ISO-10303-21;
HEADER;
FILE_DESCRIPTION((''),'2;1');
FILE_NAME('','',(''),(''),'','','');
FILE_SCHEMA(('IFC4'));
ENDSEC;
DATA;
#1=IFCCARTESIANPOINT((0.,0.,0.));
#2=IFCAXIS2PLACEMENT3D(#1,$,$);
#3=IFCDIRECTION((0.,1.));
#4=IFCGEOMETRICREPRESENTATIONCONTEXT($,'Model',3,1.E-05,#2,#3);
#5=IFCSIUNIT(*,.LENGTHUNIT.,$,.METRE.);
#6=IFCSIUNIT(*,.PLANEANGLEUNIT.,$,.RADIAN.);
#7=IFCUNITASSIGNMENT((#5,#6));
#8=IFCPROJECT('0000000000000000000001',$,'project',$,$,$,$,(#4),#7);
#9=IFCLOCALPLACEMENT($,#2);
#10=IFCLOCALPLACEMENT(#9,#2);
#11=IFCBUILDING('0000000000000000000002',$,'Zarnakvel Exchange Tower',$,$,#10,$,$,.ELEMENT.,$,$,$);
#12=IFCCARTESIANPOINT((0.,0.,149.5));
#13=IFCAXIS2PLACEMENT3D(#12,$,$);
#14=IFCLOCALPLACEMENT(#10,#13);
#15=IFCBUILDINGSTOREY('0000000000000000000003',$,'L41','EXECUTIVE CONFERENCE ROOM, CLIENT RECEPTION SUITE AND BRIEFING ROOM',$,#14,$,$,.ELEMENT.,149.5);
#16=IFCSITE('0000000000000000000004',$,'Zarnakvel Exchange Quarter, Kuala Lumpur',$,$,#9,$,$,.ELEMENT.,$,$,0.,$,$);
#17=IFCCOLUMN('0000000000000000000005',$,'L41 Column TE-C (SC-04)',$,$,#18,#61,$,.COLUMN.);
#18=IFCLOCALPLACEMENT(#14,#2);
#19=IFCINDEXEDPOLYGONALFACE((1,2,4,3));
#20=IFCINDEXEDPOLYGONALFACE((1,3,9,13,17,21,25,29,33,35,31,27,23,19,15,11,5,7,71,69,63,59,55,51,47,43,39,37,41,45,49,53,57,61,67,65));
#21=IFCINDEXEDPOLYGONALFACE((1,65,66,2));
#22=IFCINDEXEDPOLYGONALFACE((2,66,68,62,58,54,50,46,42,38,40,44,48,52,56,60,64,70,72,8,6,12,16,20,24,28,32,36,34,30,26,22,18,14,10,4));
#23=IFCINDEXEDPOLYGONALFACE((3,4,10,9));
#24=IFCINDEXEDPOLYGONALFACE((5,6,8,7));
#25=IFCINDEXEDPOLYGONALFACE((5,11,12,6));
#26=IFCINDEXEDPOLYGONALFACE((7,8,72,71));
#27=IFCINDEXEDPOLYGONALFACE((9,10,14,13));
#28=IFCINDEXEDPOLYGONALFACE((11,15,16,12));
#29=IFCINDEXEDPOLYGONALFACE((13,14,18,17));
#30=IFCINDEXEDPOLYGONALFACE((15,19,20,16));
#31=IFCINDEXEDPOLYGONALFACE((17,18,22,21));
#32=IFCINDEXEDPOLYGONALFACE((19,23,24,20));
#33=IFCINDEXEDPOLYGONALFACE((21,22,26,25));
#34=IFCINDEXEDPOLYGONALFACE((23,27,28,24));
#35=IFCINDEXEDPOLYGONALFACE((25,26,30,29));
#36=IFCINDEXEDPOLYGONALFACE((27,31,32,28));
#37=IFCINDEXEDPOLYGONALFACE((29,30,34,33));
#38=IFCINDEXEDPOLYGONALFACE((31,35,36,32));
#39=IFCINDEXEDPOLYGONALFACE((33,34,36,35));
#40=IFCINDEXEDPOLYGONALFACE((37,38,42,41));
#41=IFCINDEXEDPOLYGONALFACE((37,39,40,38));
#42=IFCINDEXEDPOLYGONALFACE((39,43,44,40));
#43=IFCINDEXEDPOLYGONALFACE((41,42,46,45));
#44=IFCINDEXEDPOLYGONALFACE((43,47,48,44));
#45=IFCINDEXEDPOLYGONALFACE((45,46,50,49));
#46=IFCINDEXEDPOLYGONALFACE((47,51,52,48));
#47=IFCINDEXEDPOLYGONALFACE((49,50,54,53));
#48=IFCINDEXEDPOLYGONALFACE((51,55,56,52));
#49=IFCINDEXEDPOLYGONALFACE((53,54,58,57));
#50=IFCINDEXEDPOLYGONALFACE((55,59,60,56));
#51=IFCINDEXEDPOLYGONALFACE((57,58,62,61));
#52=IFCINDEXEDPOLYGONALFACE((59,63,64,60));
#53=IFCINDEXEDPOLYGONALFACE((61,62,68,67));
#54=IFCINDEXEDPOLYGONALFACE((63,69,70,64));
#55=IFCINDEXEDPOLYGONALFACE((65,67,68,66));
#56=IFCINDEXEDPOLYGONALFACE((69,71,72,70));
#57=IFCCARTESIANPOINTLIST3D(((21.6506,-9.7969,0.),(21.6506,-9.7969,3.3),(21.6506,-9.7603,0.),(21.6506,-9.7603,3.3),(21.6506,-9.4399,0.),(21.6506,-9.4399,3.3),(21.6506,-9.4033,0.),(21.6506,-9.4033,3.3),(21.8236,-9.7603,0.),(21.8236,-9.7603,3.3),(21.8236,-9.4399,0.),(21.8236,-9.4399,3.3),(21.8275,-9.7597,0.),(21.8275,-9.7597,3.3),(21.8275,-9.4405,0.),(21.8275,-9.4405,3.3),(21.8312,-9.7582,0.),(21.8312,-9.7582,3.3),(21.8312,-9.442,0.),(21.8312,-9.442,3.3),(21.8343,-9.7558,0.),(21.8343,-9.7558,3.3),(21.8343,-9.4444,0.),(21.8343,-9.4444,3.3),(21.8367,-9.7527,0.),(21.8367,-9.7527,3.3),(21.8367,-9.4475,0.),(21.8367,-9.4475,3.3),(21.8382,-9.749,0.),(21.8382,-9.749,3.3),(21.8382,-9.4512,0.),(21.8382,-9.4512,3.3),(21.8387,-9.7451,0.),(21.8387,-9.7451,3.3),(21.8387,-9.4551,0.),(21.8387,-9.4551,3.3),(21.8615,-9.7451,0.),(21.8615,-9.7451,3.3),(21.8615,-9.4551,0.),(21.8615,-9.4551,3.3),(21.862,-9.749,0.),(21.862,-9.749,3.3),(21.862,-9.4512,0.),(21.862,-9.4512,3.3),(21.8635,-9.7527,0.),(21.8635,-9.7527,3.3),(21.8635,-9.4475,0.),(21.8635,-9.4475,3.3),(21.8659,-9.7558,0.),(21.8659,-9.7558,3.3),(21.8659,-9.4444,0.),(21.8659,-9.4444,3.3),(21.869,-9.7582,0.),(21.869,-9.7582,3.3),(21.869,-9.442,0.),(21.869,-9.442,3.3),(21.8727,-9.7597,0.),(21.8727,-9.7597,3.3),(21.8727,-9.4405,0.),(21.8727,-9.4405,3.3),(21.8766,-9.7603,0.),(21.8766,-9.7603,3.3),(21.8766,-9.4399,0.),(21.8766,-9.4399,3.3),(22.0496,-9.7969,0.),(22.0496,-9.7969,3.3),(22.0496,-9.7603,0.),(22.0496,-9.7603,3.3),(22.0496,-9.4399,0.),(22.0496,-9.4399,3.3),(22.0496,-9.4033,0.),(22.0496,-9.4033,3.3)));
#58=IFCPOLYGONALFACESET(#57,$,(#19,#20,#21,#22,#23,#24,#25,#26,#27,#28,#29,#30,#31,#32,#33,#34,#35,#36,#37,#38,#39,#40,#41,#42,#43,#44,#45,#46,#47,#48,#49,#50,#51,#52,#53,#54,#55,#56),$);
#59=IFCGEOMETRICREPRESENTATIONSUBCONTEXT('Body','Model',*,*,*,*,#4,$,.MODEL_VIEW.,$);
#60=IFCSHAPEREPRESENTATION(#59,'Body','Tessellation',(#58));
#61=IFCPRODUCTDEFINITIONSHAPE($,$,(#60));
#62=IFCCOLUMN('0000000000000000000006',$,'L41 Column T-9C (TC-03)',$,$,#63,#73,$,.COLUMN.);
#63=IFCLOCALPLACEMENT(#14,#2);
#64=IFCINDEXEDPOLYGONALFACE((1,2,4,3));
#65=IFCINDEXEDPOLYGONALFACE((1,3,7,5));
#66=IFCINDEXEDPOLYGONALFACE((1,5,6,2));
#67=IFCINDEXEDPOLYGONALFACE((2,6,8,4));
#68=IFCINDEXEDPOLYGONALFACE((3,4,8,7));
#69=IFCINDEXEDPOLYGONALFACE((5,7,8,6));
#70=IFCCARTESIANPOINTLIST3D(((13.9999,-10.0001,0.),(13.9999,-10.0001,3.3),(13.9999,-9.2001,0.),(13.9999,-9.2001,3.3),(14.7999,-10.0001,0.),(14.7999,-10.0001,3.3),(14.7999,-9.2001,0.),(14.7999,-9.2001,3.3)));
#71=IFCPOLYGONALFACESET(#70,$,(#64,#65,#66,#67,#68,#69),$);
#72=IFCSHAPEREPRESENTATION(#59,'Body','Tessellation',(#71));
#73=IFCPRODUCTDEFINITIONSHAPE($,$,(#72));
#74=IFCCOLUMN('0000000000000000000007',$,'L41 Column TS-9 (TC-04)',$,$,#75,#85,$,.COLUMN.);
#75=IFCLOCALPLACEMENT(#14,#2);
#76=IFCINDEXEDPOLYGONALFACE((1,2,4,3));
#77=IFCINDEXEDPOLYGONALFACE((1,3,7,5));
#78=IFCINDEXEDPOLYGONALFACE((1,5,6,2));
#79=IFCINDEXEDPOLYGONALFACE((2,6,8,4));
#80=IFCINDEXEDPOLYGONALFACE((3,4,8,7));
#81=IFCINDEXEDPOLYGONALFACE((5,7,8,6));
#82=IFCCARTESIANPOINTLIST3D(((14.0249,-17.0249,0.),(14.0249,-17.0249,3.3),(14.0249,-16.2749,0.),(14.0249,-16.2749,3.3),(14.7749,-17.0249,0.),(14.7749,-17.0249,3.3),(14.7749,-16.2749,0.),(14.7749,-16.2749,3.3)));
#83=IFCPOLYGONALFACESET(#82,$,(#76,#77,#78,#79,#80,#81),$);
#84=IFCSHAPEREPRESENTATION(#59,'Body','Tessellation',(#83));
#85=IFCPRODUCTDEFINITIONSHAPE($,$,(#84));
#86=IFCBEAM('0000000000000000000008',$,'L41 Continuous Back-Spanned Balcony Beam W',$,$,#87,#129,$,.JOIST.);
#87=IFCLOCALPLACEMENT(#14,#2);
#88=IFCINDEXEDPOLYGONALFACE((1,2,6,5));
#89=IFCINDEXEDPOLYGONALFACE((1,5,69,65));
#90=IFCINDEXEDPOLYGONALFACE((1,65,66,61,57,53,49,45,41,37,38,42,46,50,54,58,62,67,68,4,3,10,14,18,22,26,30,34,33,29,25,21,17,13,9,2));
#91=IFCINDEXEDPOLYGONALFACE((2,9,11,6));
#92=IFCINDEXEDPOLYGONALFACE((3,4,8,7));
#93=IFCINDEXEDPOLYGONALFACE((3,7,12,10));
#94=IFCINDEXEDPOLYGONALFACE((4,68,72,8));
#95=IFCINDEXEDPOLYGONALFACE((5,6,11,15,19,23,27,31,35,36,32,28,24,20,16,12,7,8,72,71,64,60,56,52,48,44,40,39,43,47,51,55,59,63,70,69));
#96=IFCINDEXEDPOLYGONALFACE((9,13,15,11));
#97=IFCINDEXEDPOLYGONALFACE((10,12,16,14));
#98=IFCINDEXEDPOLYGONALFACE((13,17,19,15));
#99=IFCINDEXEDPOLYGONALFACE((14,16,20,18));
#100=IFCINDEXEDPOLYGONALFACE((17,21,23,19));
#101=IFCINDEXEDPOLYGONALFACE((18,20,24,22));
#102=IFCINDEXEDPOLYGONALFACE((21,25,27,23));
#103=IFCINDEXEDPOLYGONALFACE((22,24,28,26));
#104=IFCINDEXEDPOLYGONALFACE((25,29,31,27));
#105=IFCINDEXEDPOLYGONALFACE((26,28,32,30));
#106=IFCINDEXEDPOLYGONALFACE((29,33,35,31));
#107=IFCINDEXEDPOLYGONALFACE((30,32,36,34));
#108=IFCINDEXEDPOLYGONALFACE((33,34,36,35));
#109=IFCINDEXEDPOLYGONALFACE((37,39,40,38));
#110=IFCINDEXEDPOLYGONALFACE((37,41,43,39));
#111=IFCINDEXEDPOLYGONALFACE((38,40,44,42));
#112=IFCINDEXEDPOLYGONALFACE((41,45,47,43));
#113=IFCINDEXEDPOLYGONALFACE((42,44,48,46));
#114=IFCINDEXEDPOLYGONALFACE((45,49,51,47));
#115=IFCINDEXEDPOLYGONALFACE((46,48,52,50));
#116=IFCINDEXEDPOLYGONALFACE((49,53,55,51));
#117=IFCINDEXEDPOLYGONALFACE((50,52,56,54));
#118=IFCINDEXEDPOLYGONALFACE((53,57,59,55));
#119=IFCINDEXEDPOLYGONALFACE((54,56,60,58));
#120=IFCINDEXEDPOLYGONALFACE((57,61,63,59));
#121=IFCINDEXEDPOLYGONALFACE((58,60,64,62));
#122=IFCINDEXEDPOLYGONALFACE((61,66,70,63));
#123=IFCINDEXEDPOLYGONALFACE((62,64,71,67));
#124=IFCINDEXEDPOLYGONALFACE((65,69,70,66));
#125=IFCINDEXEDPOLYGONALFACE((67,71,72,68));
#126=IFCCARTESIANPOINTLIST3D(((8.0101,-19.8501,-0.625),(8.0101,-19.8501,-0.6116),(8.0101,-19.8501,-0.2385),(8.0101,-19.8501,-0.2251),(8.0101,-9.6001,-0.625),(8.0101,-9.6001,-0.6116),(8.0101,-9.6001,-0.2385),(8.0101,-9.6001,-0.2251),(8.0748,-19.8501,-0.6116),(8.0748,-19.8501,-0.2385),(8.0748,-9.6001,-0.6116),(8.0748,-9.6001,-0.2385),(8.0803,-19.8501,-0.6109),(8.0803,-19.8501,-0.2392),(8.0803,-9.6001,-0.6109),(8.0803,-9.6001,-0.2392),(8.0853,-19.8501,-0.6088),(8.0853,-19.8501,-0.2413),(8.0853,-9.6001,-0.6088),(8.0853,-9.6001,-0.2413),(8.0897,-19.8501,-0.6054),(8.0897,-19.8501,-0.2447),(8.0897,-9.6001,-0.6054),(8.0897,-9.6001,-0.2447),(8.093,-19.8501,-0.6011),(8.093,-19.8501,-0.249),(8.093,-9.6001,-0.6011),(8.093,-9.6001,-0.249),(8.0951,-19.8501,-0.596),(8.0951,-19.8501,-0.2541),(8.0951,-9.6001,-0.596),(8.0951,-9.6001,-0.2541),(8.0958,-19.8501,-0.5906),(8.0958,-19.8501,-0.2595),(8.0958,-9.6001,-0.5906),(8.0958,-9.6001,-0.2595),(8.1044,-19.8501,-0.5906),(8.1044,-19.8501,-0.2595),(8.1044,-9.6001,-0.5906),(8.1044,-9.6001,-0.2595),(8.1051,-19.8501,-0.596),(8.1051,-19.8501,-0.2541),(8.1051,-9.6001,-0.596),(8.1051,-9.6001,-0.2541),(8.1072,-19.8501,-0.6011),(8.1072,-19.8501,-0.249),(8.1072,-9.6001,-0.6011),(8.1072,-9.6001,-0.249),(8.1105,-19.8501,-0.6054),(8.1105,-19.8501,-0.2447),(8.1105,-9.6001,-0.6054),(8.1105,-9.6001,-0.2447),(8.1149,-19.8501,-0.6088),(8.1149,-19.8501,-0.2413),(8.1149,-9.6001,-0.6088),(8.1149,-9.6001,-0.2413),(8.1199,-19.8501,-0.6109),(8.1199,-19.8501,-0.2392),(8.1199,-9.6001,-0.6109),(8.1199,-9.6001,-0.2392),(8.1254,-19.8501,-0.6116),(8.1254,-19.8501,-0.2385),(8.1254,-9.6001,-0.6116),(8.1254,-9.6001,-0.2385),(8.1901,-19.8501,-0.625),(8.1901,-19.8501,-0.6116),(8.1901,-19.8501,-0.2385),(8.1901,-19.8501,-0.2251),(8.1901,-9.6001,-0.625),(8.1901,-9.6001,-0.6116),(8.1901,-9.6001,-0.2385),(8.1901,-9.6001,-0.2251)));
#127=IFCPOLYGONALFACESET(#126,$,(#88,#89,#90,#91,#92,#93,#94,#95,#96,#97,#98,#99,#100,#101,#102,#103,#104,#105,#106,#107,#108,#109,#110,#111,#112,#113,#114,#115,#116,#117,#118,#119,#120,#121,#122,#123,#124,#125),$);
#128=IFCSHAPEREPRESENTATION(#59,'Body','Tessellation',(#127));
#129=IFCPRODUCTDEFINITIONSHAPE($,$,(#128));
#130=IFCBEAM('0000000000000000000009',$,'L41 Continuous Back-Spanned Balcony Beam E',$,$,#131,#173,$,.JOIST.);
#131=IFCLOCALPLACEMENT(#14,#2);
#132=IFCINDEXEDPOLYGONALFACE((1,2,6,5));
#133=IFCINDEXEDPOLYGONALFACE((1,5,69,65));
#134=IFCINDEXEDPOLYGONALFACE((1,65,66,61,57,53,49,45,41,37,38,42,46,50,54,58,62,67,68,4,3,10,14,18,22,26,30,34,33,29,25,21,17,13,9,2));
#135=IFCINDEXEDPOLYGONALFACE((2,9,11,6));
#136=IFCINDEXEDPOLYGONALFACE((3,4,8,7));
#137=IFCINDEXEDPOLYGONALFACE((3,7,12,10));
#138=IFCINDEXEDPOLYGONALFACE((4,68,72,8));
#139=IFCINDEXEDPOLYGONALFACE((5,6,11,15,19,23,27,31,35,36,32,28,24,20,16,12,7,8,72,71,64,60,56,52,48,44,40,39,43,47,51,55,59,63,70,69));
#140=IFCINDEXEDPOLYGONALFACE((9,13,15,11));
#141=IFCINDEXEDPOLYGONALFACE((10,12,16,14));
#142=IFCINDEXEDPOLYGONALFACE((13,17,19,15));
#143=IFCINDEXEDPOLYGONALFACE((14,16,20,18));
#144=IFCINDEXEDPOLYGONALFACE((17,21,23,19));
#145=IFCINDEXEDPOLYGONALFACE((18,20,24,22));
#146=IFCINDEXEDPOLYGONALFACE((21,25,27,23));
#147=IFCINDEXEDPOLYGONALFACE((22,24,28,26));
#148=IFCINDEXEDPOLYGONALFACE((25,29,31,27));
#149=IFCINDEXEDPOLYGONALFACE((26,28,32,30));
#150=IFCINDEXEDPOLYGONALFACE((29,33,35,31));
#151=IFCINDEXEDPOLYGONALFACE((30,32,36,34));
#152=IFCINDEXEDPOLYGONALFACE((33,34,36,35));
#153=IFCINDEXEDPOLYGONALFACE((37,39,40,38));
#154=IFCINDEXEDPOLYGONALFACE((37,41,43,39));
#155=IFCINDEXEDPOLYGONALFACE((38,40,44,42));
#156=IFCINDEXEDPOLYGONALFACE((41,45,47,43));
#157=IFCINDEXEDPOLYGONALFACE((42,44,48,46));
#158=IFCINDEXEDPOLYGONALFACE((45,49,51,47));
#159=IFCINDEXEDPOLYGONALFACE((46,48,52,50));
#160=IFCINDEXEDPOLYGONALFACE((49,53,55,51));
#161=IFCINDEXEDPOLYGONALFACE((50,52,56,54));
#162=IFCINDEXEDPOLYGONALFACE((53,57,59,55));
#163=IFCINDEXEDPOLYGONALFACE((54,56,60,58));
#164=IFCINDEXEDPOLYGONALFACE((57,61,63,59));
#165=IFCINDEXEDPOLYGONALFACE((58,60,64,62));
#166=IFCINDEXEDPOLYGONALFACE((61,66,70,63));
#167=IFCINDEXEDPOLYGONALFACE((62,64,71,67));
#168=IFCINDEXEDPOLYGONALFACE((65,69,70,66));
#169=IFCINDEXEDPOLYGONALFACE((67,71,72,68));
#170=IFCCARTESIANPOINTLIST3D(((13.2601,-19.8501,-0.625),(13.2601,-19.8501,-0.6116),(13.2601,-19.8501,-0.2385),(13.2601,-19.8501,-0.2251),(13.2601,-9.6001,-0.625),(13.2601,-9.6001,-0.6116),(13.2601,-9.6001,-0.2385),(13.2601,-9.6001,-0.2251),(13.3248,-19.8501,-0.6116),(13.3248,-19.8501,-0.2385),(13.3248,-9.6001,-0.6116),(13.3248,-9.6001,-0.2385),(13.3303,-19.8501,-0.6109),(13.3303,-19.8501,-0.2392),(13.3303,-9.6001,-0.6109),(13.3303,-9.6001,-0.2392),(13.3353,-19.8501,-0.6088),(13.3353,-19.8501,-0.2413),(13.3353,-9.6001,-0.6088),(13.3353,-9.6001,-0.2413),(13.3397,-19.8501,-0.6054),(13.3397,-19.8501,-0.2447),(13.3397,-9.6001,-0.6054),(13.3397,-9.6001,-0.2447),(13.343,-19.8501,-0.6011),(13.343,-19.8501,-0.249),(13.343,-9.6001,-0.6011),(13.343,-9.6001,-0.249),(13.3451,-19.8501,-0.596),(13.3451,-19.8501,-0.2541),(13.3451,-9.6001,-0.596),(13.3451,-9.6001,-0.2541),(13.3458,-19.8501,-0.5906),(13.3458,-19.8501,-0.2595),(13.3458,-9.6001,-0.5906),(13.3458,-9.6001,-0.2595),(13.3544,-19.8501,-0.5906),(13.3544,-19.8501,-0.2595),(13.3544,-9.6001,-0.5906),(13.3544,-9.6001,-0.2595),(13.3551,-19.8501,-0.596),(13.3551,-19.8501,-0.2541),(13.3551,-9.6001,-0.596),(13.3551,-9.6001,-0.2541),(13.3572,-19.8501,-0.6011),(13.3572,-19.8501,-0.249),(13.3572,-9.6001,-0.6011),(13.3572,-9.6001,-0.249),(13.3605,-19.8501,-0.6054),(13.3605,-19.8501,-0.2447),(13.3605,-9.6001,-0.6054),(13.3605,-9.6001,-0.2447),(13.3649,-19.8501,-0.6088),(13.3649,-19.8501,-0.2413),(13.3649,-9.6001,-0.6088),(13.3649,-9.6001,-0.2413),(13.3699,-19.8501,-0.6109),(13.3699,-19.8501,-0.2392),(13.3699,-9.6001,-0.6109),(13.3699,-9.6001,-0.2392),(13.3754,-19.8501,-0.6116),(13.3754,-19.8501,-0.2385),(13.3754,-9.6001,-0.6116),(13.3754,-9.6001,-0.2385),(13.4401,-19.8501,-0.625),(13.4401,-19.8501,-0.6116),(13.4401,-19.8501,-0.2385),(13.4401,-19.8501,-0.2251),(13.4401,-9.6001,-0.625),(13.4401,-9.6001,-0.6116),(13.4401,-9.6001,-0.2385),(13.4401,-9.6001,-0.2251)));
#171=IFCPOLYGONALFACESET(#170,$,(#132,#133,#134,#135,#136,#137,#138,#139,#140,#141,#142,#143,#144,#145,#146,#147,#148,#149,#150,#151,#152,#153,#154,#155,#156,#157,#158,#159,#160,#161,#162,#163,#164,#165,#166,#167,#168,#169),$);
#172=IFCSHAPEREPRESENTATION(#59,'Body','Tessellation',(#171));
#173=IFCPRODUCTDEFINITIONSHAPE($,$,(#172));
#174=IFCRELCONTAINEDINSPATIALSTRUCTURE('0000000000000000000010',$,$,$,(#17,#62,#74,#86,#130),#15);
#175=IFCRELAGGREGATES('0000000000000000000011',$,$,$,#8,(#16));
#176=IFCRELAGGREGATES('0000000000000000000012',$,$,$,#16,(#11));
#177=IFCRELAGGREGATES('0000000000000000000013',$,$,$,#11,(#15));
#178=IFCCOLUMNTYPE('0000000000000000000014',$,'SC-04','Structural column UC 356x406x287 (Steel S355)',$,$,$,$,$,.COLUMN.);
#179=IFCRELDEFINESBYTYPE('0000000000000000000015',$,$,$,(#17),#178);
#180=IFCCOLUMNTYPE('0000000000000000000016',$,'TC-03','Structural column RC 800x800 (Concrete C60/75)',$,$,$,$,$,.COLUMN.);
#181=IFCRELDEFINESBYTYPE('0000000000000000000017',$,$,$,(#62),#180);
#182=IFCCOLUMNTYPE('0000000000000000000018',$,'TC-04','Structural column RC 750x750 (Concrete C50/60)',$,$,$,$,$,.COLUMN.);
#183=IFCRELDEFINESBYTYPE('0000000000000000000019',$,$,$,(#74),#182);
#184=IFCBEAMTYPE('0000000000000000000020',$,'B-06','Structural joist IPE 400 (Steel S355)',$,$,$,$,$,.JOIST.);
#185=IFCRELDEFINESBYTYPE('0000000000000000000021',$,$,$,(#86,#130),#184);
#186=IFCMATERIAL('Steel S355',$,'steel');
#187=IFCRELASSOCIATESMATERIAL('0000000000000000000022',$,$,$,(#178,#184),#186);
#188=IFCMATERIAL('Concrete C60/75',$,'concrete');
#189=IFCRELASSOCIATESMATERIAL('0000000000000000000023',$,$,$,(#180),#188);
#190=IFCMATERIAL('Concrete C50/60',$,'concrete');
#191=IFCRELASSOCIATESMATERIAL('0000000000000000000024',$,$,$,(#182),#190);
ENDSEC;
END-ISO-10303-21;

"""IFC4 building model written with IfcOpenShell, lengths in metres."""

from ifc_helpers import new_model, si_unit, direction, frame, origin, origin_2d, place, context, subcontext, project, spatial, rectangle, i_section, extrude, material, material_profile, profile_set, type_object, element, save


model = new_model("IFC4")

# Units and contexts
model_context = context("Model", 3, precision=1e-05, world=origin(), true_north=direction((0.0, 1.0)))
body_context = subcontext(model_context, "Body", "Model", "MODEL_VIEW")
ifc_project = project(units=[si_unit("LENGTHUNIT", "METRE"), si_unit("PLANEANGLEUNIT", "RADIAN")], contexts=[model_context])

# Site, building, storey
site_placement = place(None, origin())
site = spatial("IfcSite", under=ifc_project, at=site_placement, Name="Zarnakvel Exchange Quarter, Kuala Lumpur", CompositionType="ELEMENT", RefElevation=0.0)
building_placement = place(site_placement, origin())
building = spatial("IfcBuilding", under=site, at=building_placement, Name="Zarnakvel Exchange Tower", CompositionType="ELEMENT")
storey_placement = place(building_placement, frame((0.0, 0.0, 149.5)))
storey = spatial("IfcBuildingStorey", under=building, at=storey_placement, Name="L41", Description="EXECUTIVE CONFERENCE ROOM, CLIENT RECEPTION SUITE AND BRIEFING ROOM", CompositionType="ELEMENT", Elevation=149.5)

# Columns
ifc_material_1 = material(Name="Steel S355", Category="steel")
ifc_material_profile_1 = material_profile(ifc_material_1, i_section(OverallWidth=0.3989, OverallDepth=0.3936, WebThickness=0.0227, FlangeThickness=0.0366, FilletRadius=0.0151, at=origin_2d()))
ifc_profile_set_1 = profile_set([ifc_material_profile_1], Name="Steel S355")
column_type_1 = type_object("IfcColumnType", Name="SC-04", Description="Structural column UC 356x406x287 (Steel S355)", PredefinedType="COLUMN", material=ifc_profile_set_1)
column_1_placement = place(storey_placement, frame((21.8501, -9.6001, 0.0), z_axis=(0.0, 0.0, 1.0), x_axis=(1.0, 0.0, 0.0)))
element("IfcColumn", 1, at=column_1_placement, inside=storey, type_object=column_type_1, Name="L41 Column TE-C (SC-04)", PredefinedType="COLUMN", context=body_context, shape_type="SweptSolid", body=[
    extrude(i_section(OverallWidth=0.3989, OverallDepth=0.3936, WebThickness=0.0227, FlangeThickness=0.0366, FilletRadius=0.0151, at=origin_2d()), origin(), (0.0, 0.0, 1.0), 3.3),
])
ifc_material_2 = material(Name="Concrete C60/75", Category="concrete")
ifc_material_profile_2 = material_profile(ifc_material_2, rectangle(XDim=0.8, YDim=0.8, at=origin_2d()))
ifc_profile_set_2 = profile_set([ifc_material_profile_2], Name="Concrete C60/75")
column_type_2 = type_object("IfcColumnType", Name="TC-03", Description="Structural column RC 800x800 (Concrete C60/75)", PredefinedType="COLUMN", material=ifc_profile_set_2)
column_2_placement = place(storey_placement, frame((14.3999, -9.6001, 0.0), z_axis=(0.0, 0.0, 1.0), x_axis=(1.0, 0.0, 0.0)))
element("IfcColumn", 2, at=column_2_placement, inside=storey, type_object=column_type_2, Name="L41 Column T-9C (TC-03)", PredefinedType="COLUMN", context=body_context, shape_type="SweptSolid", body=[
    extrude(rectangle(XDim=0.8, YDim=0.8, at=origin_2d()), origin(), (0.0, 0.0, 1.0), 3.3),
])
ifc_material_3 = material(Name="Concrete C50/60", Category="concrete")
ifc_material_profile_3 = material_profile(ifc_material_3, rectangle(XDim=0.75, YDim=0.75, at=origin_2d()))
ifc_profile_set_3 = profile_set([ifc_material_profile_3], Name="Concrete C50/60")
column_type_3 = type_object("IfcColumnType", Name="TC-04", Description="Structural column RC 750x750 (Concrete C50/60)", PredefinedType="COLUMN", material=ifc_profile_set_3)
column_3_placement = place(storey_placement, frame((14.3999, -16.6499, 0.0), z_axis=(0.0, 0.0, 1.0), x_axis=(1.0, 0.0, 0.0)))
element("IfcColumn", 3, at=column_3_placement, inside=storey, type_object=column_type_3, Name="L41 Column TS-9 (TC-04)", PredefinedType="COLUMN", context=body_context, shape_type="SweptSolid", body=[
    extrude(rectangle(XDim=0.75, YDim=0.75, at=origin_2d()), origin(), (0.0, 0.0, 1.0), 3.3),
])

# Beams
ifc_material_profile_4 = material_profile(ifc_material_1, i_section(OverallWidth=0.1799, OverallDepth=0.3999, WebThickness=0.0085, FlangeThickness=0.0134, FilletRadius=0.021, at=origin_2d()))
ifc_profile_set_4 = profile_set([ifc_material_profile_4], Name="Steel S355")
beam_type_1 = type_object("IfcBeamType", Name="B-06", Description="Structural joist IPE 400 (Steel S355)", PredefinedType="JOIST", material=ifc_profile_set_4)
for number, where, z_axis, x_axis, name in (
    (4, (8.1001, -9.6001, -0.425), (0.0, -1.0, 0.0), (1.0, 0.0, 0.0), "L41 Continuous Back-Spanned Balcony Beam W"),
    (5, (13.3501, -9.6001, -0.425), (0.0, -1.0, 0.0), (1.0, 0.0, 0.0), "L41 Continuous Back-Spanned Balcony Beam E"),
):
    element("IfcBeam", number, at=place(storey_placement, frame(where, z_axis=z_axis, x_axis=x_axis)), inside=storey, type_object=beam_type_1, Name=name, PredefinedType="JOIST", context=body_context, shape_type="SweptSolid", body=[
        extrude(i_section(OverallWidth=0.1799, OverallDepth=0.3999, WebThickness=0.0085, FlangeThickness=0.0134, FilletRadius=0.021, at=origin_2d()), origin(), (0.0, 0.0, 1.0), 10.25),
    ])

save(model, "model.ifc")
